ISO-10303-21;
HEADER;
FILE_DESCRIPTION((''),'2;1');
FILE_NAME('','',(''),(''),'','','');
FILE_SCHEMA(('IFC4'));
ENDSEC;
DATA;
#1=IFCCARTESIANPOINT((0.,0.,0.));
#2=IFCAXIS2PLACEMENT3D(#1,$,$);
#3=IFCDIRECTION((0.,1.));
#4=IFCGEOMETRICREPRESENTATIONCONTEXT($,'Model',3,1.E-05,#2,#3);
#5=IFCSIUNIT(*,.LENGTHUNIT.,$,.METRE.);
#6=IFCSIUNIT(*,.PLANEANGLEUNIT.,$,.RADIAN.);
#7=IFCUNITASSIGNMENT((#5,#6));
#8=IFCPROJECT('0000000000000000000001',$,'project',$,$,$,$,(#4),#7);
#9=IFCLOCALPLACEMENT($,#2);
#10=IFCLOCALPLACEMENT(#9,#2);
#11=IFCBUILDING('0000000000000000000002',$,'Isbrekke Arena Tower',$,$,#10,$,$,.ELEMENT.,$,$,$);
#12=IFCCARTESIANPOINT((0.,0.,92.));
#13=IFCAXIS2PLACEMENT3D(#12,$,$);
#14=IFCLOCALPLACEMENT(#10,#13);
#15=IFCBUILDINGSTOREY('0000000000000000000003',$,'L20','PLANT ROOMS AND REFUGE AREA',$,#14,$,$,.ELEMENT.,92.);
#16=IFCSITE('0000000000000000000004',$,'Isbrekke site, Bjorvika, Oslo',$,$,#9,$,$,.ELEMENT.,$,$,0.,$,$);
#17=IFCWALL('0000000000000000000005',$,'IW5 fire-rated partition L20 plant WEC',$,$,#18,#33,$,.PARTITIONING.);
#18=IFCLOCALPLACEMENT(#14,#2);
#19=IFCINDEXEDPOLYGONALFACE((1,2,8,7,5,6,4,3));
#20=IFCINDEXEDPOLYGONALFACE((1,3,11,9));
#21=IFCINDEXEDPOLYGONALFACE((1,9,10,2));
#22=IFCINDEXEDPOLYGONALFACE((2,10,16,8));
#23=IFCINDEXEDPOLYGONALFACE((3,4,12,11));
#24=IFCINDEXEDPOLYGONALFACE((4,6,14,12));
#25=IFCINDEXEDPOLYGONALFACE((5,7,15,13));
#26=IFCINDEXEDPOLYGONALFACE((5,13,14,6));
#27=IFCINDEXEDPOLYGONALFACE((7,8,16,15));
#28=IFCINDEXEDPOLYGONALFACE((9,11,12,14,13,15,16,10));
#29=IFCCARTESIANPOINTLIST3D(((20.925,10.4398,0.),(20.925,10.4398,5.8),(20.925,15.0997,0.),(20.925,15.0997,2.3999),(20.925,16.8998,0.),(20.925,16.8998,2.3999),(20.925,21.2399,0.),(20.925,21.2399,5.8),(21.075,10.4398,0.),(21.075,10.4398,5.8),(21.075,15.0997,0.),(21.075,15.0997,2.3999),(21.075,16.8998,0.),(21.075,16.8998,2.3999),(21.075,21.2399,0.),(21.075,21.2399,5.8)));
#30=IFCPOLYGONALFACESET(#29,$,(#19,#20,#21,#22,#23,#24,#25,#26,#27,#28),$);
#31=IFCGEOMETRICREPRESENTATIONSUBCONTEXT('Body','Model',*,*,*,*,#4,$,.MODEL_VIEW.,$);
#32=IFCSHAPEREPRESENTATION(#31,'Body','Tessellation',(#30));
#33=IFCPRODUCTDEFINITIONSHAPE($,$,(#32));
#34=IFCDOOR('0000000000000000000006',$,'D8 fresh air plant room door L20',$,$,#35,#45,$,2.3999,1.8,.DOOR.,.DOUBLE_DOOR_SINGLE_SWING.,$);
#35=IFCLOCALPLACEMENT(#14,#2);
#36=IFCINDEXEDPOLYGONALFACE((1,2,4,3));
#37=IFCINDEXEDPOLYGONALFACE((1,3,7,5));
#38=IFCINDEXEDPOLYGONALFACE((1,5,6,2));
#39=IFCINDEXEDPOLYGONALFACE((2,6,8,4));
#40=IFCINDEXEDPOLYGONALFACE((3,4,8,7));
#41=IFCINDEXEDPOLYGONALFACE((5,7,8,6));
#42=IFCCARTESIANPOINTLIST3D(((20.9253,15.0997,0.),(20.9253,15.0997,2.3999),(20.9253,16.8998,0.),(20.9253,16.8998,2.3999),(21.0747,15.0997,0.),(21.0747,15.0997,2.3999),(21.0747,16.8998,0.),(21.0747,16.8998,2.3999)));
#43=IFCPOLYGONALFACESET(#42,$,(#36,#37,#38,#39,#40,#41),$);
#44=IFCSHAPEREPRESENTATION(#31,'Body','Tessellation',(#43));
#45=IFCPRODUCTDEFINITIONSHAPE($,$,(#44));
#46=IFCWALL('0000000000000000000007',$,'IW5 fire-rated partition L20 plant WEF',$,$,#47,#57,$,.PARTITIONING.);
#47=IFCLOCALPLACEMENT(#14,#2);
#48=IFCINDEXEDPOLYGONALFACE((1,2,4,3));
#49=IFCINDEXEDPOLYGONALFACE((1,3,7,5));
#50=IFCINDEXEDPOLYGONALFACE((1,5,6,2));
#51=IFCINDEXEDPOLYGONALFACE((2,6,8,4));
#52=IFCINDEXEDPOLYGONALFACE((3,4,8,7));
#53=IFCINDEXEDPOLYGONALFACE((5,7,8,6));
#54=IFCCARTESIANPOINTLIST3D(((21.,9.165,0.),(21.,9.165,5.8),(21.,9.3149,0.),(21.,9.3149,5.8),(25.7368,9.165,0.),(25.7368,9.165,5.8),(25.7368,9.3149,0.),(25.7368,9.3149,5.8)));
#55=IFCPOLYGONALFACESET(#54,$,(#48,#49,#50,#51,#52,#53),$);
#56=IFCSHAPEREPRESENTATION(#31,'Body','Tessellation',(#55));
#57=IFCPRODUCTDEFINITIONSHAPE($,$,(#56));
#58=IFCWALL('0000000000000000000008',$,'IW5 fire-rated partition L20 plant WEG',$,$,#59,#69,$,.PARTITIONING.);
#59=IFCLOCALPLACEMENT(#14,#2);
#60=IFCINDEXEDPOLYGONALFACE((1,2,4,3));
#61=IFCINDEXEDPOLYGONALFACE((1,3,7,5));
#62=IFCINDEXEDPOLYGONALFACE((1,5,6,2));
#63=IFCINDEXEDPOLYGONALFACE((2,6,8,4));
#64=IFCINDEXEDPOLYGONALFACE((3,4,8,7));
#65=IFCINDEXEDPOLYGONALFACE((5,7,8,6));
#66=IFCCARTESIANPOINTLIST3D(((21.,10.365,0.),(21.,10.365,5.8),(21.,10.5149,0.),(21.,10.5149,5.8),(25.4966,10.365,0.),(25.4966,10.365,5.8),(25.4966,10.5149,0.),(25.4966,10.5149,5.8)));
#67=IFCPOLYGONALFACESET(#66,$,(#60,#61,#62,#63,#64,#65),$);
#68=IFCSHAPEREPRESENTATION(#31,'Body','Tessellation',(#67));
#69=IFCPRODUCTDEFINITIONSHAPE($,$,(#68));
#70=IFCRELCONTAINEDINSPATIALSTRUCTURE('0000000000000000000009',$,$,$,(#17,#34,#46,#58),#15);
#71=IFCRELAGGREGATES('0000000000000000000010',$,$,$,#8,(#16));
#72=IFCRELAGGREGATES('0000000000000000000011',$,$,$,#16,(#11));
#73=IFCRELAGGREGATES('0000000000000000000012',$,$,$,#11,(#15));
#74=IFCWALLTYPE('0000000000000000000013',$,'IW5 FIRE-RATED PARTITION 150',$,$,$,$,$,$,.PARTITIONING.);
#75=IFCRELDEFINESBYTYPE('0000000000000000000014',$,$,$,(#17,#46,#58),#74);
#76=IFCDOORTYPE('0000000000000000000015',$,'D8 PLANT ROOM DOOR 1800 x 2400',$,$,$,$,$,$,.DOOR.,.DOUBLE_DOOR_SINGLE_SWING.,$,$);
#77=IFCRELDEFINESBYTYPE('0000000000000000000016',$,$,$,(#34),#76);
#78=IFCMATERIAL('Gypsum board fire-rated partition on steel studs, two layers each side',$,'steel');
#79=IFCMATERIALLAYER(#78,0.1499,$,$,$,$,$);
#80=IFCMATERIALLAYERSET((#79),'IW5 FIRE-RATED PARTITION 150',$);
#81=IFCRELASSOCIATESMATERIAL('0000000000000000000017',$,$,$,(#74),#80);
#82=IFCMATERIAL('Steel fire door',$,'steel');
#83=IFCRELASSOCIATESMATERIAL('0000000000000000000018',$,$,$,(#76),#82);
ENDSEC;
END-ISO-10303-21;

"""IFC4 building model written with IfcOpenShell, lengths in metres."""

from ifc_helpers import new_model, si_unit, direction, frame, frame_2d, origin, place, context, subcontext, project, spatial, rectangle, extrude, material, layer, layer_set, type_object, element, fill, save


model = new_model("IFC4")

# Units and contexts
model_context = context("Model", 3, precision=1e-05, world=origin(), true_north=direction((0.0, 1.0)))
body_context = subcontext(model_context, "Body", "Model", "MODEL_VIEW")
ifc_project = project(units=[si_unit("LENGTHUNIT", "METRE"), si_unit("PLANEANGLEUNIT", "RADIAN")], contexts=[model_context])

# Site, building, storey
site_placement = place(None, origin())
site = spatial("IfcSite", under=ifc_project, at=site_placement, Name="Isbrekke site, Bjorvika, Oslo", CompositionType="ELEMENT", RefElevation=0.0)
building_placement = place(site_placement, origin())
building = spatial("IfcBuilding", under=site, at=building_placement, Name="Isbrekke Arena Tower", CompositionType="ELEMENT")
storey_placement = place(building_placement, frame((0.0, 0.0, 92.0)))
storey = spatial("IfcBuildingStorey", under=building, at=storey_placement, Name="L20", Description="PLANT ROOMS AND REFUGE AREA", CompositionType="ELEMENT", Elevation=92.0)

# Wall, opening, door
ifc_material_1 = material(Name="Gypsum board fire-rated partition on steel studs, two layers each side", Category="steel")
ifc_layer_1 = layer(ifc_material_1, 0.1499)
ifc_layer_set_1 = layer_set([ifc_layer_1], Name="IW5 FIRE-RATED PARTITION 150")
wall_type = type_object("IfcWallType", Name="IW5 FIRE-RATED PARTITION 150", PredefinedType="PARTITIONING", material=ifc_layer_set_1)
wall_1_placement = place(storey_placement, frame((21.0, 10.4399, 0.0), z_axis=(0.0, 0.0, 1.0), x_axis=(0.0, 1.0, 0.0)))
wall_1 = element("IfcWall", 1, at=wall_1_placement, inside=storey, type_object=wall_type, Name="IW5 fire-rated partition L20 plant WEC", PredefinedType="PARTITIONING", context=body_context, shape_type="SweptSolid", body=[
    extrude(rectangle(XDim=10.8, YDim=0.1499, at=frame_2d((5.3999, 0.0))), origin(), (0.0, 0.0, 1.0), 5.8),
])
opening_placement = place(wall_1_placement, frame((4.6599, 0.0, 0.0)))
opening = element("IfcOpeningElement", 2, at=opening_placement, cuts=wall_1, PredefinedType="OPENING", context=body_context, shape_type="SweptSolid", body=[
    extrude(rectangle(XDim=1.8, YDim=2.3999, at=frame_2d((0.8999, 1.2))), frame((0.0, 0.0898, 0.0), z_axis=(0.0, -1.0, 0.0), x_axis=(1.0, 0.0, 0.0)), (0.0, 0.0, 1.0), 0.1797),
])
ifc_material_2 = material(Name="Steel fire door", Category="steel")
door_type = type_object("IfcDoorType", Name="D8 PLANT ROOM DOOR 1800 x 2400", OperationType="DOUBLE_DOOR_SINGLE_SWING", PredefinedType="DOOR", material=ifc_material_2)
door_placement = place(opening_placement, origin())
door = element("IfcDoor", 3, at=door_placement, inside=storey, type_object=door_type, Name="D8 fresh air plant room door L20", OperationType="DOUBLE_DOOR_SINGLE_SWING", OverallHeight=2.3999, OverallWidth=1.8, PredefinedType="DOOR", context=body_context, shape_type="SweptSolid", body=[
    extrude(rectangle(XDim=1.8, YDim=2.3999, at=frame_2d((0.8999, 1.2))), frame((0.0, 0.0747, 0.0), z_axis=(0.0, -1.0, 0.0), x_axis=(1.0, 0.0, 0.0)), (0.0, 0.0, 1.0), 0.1494),
])
fill(opening, door)

# Walls
wall_2_placement = place(storey_placement, frame((21.0, 9.24, 0.0), z_axis=(0.0, 0.0, 1.0), x_axis=(1.0, 0.0, 0.0)))
element("IfcWall", 4, at=wall_2_placement, inside=storey, type_object=wall_type, Name="IW5 fire-rated partition L20 plant WEF", PredefinedType="PARTITIONING", context=body_context, shape_type="SweptSolid", body=[
    extrude(rectangle(XDim=4.7368, YDim=0.1499, at=frame_2d((2.3684, 0.0))), origin(), (0.0, 0.0, 1.0), 5.8),
])
wall_3_placement = place(storey_placement, frame((21.0, 10.4399, 0.0), z_axis=(0.0, 0.0, 1.0), x_axis=(1.0, 0.0, 0.0)))
element("IfcWall", 5, at=wall_3_placement, inside=storey, type_object=wall_type, Name="IW5 fire-rated partition L20 plant WEG", PredefinedType="PARTITIONING", context=body_context, shape_type="SweptSolid", body=[
    extrude(rectangle(XDim=4.4966, YDim=0.1499, at=frame_2d((2.2483, 0.0))), origin(), (0.0, 0.0, 1.0), 5.8),
])

save(model, "model.ifc")
